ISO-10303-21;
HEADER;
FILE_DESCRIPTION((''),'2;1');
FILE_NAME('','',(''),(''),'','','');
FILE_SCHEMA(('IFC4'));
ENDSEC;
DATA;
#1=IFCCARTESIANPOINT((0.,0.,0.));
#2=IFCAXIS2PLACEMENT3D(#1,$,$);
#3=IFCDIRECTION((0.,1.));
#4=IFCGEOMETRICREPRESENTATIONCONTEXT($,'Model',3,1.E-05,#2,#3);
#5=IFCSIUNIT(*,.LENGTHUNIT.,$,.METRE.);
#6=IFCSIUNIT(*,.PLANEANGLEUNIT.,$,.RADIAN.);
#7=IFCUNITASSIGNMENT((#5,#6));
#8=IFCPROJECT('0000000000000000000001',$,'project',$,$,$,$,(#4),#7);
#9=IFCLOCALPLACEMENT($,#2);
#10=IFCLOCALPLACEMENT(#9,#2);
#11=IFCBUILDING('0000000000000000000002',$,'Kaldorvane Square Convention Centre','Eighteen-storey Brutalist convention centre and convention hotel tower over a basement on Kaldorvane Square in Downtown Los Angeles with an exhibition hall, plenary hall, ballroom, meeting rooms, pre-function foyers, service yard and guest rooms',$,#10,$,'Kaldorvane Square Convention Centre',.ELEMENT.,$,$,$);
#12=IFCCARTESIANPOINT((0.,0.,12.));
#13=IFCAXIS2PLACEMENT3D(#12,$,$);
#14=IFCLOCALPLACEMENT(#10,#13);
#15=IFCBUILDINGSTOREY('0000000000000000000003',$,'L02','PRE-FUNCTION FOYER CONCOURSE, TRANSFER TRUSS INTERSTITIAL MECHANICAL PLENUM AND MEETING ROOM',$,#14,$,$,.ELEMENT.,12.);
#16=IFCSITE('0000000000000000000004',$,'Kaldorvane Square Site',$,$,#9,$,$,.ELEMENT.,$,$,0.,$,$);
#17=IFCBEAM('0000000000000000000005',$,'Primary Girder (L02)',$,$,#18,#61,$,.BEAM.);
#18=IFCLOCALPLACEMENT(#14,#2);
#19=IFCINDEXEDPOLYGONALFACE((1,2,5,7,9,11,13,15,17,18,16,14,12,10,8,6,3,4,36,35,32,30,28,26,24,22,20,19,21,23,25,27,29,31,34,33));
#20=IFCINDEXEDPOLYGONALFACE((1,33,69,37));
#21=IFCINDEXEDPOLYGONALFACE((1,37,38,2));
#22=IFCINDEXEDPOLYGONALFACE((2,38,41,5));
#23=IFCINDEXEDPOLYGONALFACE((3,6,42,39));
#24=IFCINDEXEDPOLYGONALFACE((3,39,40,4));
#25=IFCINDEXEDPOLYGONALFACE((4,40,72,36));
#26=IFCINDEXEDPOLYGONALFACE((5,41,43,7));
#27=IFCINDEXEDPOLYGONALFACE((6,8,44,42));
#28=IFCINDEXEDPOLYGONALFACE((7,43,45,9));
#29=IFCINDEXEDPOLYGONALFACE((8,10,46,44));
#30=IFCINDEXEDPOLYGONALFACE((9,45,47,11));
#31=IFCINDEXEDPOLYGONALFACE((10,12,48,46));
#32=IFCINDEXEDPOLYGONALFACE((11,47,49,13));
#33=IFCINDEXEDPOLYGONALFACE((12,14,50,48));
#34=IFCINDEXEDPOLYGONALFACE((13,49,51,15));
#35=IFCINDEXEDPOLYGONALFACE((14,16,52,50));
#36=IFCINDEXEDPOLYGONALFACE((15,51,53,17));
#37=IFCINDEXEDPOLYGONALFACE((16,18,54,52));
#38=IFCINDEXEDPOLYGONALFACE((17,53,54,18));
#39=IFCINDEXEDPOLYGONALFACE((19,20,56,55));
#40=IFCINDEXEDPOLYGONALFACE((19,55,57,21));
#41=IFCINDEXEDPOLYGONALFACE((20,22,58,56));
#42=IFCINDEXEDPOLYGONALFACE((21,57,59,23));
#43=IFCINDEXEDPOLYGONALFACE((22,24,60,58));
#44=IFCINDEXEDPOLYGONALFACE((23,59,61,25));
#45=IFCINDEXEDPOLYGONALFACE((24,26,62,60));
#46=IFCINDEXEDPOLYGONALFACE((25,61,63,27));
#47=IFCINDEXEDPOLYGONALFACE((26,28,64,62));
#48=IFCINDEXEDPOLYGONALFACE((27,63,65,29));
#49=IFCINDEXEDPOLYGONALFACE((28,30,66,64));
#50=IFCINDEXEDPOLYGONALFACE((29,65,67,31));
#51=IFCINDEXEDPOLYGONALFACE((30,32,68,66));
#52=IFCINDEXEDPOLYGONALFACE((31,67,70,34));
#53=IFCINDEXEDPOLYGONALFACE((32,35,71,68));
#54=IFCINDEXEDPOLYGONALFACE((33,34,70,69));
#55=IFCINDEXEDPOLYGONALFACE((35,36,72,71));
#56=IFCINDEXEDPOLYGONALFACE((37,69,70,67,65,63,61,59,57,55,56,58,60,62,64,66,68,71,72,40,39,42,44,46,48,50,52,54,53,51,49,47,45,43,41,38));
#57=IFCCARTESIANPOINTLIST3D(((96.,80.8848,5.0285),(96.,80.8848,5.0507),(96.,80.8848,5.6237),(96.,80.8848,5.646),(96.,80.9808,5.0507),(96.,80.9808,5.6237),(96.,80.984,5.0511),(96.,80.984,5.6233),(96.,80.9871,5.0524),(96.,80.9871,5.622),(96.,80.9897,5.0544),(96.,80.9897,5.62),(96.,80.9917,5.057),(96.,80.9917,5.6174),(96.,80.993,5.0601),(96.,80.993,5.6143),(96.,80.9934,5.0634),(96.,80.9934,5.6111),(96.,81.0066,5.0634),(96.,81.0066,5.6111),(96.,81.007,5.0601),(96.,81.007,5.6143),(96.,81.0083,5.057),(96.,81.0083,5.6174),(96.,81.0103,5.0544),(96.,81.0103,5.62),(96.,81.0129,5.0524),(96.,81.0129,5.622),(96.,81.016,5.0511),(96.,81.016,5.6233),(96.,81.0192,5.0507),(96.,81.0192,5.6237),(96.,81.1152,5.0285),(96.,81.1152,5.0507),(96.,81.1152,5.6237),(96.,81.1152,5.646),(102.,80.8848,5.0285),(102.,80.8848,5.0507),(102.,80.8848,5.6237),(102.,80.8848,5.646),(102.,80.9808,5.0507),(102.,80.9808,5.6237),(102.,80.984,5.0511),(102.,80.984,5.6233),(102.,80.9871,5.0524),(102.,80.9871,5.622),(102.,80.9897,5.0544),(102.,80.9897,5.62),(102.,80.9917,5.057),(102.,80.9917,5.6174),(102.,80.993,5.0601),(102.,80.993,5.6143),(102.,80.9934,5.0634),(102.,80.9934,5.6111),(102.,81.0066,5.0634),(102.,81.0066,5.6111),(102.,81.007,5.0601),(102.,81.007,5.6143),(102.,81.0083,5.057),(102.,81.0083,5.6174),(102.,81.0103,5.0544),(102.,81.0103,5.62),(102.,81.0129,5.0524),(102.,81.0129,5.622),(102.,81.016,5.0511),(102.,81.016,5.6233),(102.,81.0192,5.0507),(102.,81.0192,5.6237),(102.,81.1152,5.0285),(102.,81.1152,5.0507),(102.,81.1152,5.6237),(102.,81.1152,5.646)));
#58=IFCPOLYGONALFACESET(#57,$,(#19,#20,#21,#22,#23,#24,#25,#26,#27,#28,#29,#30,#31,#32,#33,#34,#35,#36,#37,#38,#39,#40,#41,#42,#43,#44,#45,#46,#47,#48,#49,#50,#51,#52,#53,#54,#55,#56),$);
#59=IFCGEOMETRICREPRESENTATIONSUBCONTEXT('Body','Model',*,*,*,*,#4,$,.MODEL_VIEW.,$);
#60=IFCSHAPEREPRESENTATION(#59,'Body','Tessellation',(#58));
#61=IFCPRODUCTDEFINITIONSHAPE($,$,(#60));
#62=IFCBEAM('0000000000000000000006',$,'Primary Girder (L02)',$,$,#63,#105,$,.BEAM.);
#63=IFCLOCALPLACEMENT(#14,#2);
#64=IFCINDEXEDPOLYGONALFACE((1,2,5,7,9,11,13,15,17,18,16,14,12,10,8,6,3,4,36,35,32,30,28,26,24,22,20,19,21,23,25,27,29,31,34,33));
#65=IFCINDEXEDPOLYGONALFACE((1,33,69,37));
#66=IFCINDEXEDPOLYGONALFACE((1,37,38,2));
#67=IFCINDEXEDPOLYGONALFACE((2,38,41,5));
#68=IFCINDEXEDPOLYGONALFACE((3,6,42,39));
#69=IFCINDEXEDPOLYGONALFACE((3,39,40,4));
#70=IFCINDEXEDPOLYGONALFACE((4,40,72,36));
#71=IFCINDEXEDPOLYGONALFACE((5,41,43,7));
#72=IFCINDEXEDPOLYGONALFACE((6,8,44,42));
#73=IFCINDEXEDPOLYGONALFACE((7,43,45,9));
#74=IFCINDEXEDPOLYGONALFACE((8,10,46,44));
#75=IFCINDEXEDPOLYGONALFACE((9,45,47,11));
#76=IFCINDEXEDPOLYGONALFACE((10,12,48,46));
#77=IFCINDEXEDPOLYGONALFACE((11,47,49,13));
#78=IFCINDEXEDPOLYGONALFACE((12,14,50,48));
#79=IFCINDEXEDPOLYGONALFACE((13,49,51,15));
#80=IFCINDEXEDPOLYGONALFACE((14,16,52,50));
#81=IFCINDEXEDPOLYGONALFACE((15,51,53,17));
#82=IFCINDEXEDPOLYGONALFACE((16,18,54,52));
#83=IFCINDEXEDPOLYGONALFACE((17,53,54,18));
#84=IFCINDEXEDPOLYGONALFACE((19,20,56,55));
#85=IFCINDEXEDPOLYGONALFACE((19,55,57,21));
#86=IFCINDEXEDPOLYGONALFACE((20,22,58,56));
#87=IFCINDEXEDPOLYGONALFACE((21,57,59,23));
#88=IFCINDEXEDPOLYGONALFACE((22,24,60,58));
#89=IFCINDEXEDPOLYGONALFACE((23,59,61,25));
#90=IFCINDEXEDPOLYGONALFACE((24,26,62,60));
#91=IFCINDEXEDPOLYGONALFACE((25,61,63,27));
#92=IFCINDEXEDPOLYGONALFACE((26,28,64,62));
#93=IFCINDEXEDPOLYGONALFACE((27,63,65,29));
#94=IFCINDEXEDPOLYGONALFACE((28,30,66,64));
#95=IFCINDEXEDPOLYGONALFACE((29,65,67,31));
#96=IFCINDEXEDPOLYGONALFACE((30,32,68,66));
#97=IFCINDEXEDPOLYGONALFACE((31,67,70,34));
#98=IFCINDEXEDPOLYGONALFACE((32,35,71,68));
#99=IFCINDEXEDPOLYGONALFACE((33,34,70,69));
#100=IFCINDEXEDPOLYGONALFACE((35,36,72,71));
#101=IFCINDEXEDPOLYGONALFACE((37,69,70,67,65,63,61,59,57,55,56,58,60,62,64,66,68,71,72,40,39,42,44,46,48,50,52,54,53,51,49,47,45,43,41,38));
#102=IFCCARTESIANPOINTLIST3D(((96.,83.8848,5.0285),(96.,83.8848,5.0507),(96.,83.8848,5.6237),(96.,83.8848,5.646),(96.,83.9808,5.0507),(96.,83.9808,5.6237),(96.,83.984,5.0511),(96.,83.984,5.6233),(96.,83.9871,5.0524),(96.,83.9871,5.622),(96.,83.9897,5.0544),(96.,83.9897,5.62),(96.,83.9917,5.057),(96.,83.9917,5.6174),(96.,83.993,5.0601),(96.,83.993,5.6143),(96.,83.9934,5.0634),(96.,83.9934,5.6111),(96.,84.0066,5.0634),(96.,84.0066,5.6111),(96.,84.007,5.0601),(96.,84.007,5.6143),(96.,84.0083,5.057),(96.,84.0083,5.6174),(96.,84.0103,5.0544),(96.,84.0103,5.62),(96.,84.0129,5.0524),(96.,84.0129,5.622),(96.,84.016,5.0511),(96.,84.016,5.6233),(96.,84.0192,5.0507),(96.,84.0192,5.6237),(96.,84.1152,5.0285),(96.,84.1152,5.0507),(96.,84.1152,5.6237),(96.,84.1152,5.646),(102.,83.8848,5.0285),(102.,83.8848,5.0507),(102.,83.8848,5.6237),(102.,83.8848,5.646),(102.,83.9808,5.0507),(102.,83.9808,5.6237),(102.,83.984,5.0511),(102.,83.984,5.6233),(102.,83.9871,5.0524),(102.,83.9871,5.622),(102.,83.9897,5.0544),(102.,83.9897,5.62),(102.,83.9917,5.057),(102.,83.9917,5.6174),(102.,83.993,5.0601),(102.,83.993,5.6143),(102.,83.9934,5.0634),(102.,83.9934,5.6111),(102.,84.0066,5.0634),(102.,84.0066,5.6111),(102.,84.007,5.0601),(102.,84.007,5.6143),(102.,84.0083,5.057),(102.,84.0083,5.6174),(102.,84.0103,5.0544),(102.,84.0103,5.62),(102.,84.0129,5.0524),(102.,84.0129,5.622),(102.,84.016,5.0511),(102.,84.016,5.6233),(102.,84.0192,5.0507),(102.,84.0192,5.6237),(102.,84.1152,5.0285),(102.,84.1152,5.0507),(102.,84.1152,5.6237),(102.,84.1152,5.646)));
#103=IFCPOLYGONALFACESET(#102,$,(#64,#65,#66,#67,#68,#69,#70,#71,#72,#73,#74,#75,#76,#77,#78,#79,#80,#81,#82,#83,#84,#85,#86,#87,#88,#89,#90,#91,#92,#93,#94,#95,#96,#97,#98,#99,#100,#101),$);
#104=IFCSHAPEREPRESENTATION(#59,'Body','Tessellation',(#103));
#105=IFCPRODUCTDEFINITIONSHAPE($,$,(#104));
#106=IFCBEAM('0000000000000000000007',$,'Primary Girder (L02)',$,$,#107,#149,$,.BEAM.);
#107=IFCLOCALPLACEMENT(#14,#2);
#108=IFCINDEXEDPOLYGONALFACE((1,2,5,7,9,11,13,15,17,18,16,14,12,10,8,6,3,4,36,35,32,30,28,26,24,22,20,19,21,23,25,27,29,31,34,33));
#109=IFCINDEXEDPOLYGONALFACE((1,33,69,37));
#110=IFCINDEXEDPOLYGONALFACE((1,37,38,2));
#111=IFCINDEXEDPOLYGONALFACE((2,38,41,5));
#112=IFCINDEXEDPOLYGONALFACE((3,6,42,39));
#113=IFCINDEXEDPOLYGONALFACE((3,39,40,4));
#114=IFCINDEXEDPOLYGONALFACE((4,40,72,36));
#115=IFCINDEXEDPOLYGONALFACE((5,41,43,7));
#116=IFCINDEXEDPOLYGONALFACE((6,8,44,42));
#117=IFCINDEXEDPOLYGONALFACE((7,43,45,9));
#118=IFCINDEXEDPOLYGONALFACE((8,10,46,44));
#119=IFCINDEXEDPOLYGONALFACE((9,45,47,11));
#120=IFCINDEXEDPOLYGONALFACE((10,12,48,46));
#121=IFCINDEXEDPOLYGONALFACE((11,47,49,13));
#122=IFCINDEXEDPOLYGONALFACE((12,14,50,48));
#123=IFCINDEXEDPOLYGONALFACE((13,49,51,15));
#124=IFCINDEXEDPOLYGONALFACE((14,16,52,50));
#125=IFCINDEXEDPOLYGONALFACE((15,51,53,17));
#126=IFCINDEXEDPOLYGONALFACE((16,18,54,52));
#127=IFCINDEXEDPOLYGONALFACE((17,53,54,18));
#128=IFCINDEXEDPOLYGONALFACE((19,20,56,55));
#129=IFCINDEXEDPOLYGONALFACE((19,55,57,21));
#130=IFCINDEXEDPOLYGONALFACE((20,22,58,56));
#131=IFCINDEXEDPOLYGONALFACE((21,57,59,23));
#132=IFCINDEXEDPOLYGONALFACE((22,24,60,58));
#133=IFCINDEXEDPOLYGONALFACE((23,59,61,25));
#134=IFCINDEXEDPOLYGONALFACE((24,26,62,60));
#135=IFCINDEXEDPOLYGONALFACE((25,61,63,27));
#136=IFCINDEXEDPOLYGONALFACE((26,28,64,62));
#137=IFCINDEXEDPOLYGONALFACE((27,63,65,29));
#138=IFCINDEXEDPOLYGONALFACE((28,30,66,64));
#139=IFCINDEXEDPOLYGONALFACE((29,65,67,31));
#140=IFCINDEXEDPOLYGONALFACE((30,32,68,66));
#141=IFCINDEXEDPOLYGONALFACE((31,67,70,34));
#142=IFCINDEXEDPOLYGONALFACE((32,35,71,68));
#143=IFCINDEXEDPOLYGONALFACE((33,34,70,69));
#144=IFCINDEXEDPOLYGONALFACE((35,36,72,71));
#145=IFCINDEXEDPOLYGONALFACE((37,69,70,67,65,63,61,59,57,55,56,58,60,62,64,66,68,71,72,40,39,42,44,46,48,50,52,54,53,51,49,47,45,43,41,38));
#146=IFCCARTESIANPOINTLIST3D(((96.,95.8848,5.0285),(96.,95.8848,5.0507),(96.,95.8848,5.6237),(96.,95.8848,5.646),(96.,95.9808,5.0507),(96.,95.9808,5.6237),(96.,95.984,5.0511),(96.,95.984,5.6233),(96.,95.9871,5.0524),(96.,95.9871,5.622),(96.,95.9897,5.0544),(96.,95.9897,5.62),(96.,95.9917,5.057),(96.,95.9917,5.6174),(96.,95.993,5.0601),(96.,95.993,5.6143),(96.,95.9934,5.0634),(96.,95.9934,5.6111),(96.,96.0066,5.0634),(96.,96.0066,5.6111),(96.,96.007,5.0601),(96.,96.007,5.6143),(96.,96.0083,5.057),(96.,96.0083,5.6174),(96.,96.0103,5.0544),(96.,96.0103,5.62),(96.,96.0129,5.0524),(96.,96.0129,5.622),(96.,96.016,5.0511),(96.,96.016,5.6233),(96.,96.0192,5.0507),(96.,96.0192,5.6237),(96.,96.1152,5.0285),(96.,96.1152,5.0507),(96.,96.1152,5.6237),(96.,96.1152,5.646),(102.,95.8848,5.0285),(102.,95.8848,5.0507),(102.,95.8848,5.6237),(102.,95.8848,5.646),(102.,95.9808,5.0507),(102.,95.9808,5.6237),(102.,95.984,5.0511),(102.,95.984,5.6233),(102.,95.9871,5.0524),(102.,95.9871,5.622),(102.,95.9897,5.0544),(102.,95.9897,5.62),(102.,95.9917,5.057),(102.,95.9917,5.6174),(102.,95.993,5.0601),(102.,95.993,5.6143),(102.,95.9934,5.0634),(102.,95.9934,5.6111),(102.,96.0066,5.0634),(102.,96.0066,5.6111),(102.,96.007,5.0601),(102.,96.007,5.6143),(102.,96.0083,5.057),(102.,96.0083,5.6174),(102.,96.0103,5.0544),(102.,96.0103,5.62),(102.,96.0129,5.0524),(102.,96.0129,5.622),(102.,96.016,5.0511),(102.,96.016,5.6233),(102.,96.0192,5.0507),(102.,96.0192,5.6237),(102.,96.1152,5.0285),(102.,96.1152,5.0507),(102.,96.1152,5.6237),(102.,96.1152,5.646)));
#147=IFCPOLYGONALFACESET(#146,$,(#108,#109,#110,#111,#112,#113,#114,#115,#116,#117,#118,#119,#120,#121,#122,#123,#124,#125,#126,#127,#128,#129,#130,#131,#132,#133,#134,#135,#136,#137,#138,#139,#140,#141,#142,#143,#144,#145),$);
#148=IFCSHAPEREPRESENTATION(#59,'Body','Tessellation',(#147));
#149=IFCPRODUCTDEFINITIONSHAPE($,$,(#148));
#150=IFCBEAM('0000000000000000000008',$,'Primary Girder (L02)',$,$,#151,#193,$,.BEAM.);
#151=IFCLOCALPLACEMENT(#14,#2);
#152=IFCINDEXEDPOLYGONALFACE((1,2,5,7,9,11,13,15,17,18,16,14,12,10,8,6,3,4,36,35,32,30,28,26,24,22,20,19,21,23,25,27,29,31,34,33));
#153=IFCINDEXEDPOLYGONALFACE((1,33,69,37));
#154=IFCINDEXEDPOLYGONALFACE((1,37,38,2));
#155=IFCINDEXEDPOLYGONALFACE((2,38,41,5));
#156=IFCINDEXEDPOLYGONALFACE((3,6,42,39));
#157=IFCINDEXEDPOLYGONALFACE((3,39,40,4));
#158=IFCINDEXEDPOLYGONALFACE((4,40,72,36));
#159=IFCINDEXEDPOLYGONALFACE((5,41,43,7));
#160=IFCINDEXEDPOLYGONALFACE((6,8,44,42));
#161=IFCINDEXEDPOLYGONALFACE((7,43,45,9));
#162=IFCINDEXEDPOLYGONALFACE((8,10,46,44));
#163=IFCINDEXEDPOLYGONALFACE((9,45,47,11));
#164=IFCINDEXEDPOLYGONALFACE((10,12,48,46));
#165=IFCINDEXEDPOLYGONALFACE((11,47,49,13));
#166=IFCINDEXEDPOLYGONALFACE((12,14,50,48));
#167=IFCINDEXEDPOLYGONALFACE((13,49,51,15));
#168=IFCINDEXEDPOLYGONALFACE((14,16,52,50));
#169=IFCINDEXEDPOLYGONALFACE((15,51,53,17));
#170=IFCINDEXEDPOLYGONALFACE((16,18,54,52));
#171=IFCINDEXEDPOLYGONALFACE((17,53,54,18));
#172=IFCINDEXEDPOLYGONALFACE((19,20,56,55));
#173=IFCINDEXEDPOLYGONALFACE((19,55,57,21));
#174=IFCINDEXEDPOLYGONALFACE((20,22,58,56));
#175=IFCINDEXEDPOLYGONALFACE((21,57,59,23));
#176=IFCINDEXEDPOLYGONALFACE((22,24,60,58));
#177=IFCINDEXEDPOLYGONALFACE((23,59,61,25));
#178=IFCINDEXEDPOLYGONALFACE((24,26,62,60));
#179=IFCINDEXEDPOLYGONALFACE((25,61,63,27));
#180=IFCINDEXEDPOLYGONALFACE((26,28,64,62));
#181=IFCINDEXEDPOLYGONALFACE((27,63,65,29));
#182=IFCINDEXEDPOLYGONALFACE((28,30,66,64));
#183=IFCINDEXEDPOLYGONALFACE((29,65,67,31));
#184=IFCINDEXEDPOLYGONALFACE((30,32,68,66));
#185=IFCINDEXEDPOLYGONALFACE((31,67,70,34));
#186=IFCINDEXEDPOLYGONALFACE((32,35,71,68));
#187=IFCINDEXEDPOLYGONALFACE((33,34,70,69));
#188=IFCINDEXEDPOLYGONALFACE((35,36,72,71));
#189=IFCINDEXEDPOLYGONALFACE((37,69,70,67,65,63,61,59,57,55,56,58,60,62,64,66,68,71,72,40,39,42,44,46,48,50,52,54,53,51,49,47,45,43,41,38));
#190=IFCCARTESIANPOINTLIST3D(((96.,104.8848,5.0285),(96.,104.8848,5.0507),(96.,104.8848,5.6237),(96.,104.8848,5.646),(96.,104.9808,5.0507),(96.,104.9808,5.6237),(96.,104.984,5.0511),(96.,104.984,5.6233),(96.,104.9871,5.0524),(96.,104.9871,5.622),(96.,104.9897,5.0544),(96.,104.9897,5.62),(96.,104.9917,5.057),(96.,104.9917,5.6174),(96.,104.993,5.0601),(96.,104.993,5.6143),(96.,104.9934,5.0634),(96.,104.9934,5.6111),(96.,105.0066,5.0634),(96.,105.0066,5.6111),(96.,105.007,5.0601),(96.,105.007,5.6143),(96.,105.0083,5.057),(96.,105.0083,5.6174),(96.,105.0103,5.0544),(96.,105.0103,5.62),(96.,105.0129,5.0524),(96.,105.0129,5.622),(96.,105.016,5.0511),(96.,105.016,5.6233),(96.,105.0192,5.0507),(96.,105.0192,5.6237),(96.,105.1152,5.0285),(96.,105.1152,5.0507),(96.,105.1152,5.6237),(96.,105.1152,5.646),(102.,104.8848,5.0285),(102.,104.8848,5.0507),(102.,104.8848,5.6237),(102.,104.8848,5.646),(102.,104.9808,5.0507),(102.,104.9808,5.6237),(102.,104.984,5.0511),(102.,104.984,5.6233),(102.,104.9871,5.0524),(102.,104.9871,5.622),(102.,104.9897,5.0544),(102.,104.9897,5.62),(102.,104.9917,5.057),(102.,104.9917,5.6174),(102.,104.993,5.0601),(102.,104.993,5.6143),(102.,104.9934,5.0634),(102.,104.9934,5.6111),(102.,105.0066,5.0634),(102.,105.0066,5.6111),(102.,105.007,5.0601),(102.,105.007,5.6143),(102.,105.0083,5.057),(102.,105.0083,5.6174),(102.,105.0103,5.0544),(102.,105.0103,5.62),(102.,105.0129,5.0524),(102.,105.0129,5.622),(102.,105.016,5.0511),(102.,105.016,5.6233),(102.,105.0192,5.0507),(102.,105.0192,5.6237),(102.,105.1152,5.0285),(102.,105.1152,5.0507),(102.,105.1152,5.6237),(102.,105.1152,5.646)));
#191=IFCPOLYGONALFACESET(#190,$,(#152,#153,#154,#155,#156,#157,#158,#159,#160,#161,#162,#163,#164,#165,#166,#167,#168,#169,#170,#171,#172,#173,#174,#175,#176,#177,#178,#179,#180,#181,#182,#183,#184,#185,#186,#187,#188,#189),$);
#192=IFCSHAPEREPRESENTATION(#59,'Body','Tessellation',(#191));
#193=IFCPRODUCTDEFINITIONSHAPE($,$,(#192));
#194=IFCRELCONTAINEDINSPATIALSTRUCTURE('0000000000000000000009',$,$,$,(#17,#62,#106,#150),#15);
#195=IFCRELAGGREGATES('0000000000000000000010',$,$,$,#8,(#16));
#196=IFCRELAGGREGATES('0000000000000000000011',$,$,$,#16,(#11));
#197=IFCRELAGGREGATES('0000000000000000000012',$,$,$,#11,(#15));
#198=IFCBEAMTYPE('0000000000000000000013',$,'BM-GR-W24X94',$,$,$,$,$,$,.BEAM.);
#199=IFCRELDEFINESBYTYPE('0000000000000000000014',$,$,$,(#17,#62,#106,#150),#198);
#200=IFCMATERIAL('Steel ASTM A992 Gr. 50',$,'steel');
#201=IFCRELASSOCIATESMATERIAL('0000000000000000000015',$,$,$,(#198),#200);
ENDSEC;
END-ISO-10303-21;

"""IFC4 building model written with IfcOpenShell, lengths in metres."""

from ifc_helpers import new_model, si_unit, direction, frame, origin, origin_2d, place, context, subcontext, project, spatial, i_section, extrude, material, material_profile, profile_set, type_object, element, save


model = new_model("IFC4")

# Units and contexts
model_context = context("Model", 3, precision=1e-05, world=origin(), true_north=direction((0.0, 1.0)))
body_context = subcontext(model_context, "Body", "Model", "MODEL_VIEW")
ifc_project = project(units=[si_unit("LENGTHUNIT", "METRE"), si_unit("PLANEANGLEUNIT", "RADIAN")], contexts=[model_context])

# Site, building, storey
site_placement = place(None, origin())
site = spatial("IfcSite", under=ifc_project, at=site_placement, Name="Kaldorvane Square Site", CompositionType="ELEMENT", RefElevation=0.0)
building_placement = place(site_placement, origin())
building = spatial("IfcBuilding", under=site, at=building_placement, Name="Kaldorvane Square Convention Centre", Description="Eighteen-storey Brutalist convention centre and convention hotel tower over a basement on Kaldorvane Square in Downtown Los Angeles with an exhibition hall, plenary hall, ballroom, meeting rooms, pre-function foyers, service yard and guest rooms", LongName="Kaldorvane Square Convention Centre", CompositionType="ELEMENT")
storey_placement = place(building_placement, frame((0.0, 0.0, 12.0)))
storey = spatial("IfcBuildingStorey", under=building, at=storey_placement, Name="L02", Description="PRE-FUNCTION FOYER CONCOURSE, TRANSFER TRUSS INTERSTITIAL MECHANICAL PLENUM AND MEETING ROOM", CompositionType="ELEMENT", Elevation=12.0)

# Shared definitions
ifc_material_1 = material(Name="Steel ASTM A992 Gr. 50", Category="steel")

# Beams
ifc_material_profile_1 = material_profile(ifc_material_1, i_section(OverallWidth=0.2303, OverallDepth=0.6175, WebThickness=0.0131, FlangeThickness=0.0222, FilletRadius=0.0127, at=origin_2d()), Name="W24X94")
ifc_profile_set_1 = profile_set([ifc_material_profile_1], Name="Steel ASTM A992 Gr. 50")
beam_type_1 = type_object("IfcBeamType", Name="BM-GR-W24X94", PredefinedType="BEAM", material=ifc_profile_set_1)
for number, where, z_axis, x_axis, name in (
    (1, (96.0, 81.0, 5.3372), (1.0, 0.0, 0.0), (0.0, 1.0, 0.0), "Primary Girder (L02)"),
    (2, (96.0, 84.0, 5.3372), (1.0, 0.0, 0.0), (0.0, 1.0, 0.0), "Primary Girder (L02)"),
    (3, (96.0, 96.0, 5.3372), (1.0, 0.0, 0.0), (0.0, 1.0, 0.0), "Primary Girder (L02)"),
    (4, (96.0, 105.0, 5.3372), (1.0, 0.0, 0.0), (0.0, 1.0, 0.0), "Primary Girder (L02)"),
):
    element("IfcBeam", number, at=place(storey_placement, frame(where, z_axis=z_axis, x_axis=x_axis)), inside=storey, type_object=beam_type_1, Name=name, PredefinedType="BEAM", context=body_context, shape_type="SweptSolid", body=[
        extrude(i_section(OverallWidth=0.2303, OverallDepth=0.6175, WebThickness=0.0131, FlangeThickness=0.0222, FilletRadius=0.0127, at=origin_2d()), origin(), (0.0, 0.0, 1.0), 6.0),
    ])

save(model, "model.ifc")
